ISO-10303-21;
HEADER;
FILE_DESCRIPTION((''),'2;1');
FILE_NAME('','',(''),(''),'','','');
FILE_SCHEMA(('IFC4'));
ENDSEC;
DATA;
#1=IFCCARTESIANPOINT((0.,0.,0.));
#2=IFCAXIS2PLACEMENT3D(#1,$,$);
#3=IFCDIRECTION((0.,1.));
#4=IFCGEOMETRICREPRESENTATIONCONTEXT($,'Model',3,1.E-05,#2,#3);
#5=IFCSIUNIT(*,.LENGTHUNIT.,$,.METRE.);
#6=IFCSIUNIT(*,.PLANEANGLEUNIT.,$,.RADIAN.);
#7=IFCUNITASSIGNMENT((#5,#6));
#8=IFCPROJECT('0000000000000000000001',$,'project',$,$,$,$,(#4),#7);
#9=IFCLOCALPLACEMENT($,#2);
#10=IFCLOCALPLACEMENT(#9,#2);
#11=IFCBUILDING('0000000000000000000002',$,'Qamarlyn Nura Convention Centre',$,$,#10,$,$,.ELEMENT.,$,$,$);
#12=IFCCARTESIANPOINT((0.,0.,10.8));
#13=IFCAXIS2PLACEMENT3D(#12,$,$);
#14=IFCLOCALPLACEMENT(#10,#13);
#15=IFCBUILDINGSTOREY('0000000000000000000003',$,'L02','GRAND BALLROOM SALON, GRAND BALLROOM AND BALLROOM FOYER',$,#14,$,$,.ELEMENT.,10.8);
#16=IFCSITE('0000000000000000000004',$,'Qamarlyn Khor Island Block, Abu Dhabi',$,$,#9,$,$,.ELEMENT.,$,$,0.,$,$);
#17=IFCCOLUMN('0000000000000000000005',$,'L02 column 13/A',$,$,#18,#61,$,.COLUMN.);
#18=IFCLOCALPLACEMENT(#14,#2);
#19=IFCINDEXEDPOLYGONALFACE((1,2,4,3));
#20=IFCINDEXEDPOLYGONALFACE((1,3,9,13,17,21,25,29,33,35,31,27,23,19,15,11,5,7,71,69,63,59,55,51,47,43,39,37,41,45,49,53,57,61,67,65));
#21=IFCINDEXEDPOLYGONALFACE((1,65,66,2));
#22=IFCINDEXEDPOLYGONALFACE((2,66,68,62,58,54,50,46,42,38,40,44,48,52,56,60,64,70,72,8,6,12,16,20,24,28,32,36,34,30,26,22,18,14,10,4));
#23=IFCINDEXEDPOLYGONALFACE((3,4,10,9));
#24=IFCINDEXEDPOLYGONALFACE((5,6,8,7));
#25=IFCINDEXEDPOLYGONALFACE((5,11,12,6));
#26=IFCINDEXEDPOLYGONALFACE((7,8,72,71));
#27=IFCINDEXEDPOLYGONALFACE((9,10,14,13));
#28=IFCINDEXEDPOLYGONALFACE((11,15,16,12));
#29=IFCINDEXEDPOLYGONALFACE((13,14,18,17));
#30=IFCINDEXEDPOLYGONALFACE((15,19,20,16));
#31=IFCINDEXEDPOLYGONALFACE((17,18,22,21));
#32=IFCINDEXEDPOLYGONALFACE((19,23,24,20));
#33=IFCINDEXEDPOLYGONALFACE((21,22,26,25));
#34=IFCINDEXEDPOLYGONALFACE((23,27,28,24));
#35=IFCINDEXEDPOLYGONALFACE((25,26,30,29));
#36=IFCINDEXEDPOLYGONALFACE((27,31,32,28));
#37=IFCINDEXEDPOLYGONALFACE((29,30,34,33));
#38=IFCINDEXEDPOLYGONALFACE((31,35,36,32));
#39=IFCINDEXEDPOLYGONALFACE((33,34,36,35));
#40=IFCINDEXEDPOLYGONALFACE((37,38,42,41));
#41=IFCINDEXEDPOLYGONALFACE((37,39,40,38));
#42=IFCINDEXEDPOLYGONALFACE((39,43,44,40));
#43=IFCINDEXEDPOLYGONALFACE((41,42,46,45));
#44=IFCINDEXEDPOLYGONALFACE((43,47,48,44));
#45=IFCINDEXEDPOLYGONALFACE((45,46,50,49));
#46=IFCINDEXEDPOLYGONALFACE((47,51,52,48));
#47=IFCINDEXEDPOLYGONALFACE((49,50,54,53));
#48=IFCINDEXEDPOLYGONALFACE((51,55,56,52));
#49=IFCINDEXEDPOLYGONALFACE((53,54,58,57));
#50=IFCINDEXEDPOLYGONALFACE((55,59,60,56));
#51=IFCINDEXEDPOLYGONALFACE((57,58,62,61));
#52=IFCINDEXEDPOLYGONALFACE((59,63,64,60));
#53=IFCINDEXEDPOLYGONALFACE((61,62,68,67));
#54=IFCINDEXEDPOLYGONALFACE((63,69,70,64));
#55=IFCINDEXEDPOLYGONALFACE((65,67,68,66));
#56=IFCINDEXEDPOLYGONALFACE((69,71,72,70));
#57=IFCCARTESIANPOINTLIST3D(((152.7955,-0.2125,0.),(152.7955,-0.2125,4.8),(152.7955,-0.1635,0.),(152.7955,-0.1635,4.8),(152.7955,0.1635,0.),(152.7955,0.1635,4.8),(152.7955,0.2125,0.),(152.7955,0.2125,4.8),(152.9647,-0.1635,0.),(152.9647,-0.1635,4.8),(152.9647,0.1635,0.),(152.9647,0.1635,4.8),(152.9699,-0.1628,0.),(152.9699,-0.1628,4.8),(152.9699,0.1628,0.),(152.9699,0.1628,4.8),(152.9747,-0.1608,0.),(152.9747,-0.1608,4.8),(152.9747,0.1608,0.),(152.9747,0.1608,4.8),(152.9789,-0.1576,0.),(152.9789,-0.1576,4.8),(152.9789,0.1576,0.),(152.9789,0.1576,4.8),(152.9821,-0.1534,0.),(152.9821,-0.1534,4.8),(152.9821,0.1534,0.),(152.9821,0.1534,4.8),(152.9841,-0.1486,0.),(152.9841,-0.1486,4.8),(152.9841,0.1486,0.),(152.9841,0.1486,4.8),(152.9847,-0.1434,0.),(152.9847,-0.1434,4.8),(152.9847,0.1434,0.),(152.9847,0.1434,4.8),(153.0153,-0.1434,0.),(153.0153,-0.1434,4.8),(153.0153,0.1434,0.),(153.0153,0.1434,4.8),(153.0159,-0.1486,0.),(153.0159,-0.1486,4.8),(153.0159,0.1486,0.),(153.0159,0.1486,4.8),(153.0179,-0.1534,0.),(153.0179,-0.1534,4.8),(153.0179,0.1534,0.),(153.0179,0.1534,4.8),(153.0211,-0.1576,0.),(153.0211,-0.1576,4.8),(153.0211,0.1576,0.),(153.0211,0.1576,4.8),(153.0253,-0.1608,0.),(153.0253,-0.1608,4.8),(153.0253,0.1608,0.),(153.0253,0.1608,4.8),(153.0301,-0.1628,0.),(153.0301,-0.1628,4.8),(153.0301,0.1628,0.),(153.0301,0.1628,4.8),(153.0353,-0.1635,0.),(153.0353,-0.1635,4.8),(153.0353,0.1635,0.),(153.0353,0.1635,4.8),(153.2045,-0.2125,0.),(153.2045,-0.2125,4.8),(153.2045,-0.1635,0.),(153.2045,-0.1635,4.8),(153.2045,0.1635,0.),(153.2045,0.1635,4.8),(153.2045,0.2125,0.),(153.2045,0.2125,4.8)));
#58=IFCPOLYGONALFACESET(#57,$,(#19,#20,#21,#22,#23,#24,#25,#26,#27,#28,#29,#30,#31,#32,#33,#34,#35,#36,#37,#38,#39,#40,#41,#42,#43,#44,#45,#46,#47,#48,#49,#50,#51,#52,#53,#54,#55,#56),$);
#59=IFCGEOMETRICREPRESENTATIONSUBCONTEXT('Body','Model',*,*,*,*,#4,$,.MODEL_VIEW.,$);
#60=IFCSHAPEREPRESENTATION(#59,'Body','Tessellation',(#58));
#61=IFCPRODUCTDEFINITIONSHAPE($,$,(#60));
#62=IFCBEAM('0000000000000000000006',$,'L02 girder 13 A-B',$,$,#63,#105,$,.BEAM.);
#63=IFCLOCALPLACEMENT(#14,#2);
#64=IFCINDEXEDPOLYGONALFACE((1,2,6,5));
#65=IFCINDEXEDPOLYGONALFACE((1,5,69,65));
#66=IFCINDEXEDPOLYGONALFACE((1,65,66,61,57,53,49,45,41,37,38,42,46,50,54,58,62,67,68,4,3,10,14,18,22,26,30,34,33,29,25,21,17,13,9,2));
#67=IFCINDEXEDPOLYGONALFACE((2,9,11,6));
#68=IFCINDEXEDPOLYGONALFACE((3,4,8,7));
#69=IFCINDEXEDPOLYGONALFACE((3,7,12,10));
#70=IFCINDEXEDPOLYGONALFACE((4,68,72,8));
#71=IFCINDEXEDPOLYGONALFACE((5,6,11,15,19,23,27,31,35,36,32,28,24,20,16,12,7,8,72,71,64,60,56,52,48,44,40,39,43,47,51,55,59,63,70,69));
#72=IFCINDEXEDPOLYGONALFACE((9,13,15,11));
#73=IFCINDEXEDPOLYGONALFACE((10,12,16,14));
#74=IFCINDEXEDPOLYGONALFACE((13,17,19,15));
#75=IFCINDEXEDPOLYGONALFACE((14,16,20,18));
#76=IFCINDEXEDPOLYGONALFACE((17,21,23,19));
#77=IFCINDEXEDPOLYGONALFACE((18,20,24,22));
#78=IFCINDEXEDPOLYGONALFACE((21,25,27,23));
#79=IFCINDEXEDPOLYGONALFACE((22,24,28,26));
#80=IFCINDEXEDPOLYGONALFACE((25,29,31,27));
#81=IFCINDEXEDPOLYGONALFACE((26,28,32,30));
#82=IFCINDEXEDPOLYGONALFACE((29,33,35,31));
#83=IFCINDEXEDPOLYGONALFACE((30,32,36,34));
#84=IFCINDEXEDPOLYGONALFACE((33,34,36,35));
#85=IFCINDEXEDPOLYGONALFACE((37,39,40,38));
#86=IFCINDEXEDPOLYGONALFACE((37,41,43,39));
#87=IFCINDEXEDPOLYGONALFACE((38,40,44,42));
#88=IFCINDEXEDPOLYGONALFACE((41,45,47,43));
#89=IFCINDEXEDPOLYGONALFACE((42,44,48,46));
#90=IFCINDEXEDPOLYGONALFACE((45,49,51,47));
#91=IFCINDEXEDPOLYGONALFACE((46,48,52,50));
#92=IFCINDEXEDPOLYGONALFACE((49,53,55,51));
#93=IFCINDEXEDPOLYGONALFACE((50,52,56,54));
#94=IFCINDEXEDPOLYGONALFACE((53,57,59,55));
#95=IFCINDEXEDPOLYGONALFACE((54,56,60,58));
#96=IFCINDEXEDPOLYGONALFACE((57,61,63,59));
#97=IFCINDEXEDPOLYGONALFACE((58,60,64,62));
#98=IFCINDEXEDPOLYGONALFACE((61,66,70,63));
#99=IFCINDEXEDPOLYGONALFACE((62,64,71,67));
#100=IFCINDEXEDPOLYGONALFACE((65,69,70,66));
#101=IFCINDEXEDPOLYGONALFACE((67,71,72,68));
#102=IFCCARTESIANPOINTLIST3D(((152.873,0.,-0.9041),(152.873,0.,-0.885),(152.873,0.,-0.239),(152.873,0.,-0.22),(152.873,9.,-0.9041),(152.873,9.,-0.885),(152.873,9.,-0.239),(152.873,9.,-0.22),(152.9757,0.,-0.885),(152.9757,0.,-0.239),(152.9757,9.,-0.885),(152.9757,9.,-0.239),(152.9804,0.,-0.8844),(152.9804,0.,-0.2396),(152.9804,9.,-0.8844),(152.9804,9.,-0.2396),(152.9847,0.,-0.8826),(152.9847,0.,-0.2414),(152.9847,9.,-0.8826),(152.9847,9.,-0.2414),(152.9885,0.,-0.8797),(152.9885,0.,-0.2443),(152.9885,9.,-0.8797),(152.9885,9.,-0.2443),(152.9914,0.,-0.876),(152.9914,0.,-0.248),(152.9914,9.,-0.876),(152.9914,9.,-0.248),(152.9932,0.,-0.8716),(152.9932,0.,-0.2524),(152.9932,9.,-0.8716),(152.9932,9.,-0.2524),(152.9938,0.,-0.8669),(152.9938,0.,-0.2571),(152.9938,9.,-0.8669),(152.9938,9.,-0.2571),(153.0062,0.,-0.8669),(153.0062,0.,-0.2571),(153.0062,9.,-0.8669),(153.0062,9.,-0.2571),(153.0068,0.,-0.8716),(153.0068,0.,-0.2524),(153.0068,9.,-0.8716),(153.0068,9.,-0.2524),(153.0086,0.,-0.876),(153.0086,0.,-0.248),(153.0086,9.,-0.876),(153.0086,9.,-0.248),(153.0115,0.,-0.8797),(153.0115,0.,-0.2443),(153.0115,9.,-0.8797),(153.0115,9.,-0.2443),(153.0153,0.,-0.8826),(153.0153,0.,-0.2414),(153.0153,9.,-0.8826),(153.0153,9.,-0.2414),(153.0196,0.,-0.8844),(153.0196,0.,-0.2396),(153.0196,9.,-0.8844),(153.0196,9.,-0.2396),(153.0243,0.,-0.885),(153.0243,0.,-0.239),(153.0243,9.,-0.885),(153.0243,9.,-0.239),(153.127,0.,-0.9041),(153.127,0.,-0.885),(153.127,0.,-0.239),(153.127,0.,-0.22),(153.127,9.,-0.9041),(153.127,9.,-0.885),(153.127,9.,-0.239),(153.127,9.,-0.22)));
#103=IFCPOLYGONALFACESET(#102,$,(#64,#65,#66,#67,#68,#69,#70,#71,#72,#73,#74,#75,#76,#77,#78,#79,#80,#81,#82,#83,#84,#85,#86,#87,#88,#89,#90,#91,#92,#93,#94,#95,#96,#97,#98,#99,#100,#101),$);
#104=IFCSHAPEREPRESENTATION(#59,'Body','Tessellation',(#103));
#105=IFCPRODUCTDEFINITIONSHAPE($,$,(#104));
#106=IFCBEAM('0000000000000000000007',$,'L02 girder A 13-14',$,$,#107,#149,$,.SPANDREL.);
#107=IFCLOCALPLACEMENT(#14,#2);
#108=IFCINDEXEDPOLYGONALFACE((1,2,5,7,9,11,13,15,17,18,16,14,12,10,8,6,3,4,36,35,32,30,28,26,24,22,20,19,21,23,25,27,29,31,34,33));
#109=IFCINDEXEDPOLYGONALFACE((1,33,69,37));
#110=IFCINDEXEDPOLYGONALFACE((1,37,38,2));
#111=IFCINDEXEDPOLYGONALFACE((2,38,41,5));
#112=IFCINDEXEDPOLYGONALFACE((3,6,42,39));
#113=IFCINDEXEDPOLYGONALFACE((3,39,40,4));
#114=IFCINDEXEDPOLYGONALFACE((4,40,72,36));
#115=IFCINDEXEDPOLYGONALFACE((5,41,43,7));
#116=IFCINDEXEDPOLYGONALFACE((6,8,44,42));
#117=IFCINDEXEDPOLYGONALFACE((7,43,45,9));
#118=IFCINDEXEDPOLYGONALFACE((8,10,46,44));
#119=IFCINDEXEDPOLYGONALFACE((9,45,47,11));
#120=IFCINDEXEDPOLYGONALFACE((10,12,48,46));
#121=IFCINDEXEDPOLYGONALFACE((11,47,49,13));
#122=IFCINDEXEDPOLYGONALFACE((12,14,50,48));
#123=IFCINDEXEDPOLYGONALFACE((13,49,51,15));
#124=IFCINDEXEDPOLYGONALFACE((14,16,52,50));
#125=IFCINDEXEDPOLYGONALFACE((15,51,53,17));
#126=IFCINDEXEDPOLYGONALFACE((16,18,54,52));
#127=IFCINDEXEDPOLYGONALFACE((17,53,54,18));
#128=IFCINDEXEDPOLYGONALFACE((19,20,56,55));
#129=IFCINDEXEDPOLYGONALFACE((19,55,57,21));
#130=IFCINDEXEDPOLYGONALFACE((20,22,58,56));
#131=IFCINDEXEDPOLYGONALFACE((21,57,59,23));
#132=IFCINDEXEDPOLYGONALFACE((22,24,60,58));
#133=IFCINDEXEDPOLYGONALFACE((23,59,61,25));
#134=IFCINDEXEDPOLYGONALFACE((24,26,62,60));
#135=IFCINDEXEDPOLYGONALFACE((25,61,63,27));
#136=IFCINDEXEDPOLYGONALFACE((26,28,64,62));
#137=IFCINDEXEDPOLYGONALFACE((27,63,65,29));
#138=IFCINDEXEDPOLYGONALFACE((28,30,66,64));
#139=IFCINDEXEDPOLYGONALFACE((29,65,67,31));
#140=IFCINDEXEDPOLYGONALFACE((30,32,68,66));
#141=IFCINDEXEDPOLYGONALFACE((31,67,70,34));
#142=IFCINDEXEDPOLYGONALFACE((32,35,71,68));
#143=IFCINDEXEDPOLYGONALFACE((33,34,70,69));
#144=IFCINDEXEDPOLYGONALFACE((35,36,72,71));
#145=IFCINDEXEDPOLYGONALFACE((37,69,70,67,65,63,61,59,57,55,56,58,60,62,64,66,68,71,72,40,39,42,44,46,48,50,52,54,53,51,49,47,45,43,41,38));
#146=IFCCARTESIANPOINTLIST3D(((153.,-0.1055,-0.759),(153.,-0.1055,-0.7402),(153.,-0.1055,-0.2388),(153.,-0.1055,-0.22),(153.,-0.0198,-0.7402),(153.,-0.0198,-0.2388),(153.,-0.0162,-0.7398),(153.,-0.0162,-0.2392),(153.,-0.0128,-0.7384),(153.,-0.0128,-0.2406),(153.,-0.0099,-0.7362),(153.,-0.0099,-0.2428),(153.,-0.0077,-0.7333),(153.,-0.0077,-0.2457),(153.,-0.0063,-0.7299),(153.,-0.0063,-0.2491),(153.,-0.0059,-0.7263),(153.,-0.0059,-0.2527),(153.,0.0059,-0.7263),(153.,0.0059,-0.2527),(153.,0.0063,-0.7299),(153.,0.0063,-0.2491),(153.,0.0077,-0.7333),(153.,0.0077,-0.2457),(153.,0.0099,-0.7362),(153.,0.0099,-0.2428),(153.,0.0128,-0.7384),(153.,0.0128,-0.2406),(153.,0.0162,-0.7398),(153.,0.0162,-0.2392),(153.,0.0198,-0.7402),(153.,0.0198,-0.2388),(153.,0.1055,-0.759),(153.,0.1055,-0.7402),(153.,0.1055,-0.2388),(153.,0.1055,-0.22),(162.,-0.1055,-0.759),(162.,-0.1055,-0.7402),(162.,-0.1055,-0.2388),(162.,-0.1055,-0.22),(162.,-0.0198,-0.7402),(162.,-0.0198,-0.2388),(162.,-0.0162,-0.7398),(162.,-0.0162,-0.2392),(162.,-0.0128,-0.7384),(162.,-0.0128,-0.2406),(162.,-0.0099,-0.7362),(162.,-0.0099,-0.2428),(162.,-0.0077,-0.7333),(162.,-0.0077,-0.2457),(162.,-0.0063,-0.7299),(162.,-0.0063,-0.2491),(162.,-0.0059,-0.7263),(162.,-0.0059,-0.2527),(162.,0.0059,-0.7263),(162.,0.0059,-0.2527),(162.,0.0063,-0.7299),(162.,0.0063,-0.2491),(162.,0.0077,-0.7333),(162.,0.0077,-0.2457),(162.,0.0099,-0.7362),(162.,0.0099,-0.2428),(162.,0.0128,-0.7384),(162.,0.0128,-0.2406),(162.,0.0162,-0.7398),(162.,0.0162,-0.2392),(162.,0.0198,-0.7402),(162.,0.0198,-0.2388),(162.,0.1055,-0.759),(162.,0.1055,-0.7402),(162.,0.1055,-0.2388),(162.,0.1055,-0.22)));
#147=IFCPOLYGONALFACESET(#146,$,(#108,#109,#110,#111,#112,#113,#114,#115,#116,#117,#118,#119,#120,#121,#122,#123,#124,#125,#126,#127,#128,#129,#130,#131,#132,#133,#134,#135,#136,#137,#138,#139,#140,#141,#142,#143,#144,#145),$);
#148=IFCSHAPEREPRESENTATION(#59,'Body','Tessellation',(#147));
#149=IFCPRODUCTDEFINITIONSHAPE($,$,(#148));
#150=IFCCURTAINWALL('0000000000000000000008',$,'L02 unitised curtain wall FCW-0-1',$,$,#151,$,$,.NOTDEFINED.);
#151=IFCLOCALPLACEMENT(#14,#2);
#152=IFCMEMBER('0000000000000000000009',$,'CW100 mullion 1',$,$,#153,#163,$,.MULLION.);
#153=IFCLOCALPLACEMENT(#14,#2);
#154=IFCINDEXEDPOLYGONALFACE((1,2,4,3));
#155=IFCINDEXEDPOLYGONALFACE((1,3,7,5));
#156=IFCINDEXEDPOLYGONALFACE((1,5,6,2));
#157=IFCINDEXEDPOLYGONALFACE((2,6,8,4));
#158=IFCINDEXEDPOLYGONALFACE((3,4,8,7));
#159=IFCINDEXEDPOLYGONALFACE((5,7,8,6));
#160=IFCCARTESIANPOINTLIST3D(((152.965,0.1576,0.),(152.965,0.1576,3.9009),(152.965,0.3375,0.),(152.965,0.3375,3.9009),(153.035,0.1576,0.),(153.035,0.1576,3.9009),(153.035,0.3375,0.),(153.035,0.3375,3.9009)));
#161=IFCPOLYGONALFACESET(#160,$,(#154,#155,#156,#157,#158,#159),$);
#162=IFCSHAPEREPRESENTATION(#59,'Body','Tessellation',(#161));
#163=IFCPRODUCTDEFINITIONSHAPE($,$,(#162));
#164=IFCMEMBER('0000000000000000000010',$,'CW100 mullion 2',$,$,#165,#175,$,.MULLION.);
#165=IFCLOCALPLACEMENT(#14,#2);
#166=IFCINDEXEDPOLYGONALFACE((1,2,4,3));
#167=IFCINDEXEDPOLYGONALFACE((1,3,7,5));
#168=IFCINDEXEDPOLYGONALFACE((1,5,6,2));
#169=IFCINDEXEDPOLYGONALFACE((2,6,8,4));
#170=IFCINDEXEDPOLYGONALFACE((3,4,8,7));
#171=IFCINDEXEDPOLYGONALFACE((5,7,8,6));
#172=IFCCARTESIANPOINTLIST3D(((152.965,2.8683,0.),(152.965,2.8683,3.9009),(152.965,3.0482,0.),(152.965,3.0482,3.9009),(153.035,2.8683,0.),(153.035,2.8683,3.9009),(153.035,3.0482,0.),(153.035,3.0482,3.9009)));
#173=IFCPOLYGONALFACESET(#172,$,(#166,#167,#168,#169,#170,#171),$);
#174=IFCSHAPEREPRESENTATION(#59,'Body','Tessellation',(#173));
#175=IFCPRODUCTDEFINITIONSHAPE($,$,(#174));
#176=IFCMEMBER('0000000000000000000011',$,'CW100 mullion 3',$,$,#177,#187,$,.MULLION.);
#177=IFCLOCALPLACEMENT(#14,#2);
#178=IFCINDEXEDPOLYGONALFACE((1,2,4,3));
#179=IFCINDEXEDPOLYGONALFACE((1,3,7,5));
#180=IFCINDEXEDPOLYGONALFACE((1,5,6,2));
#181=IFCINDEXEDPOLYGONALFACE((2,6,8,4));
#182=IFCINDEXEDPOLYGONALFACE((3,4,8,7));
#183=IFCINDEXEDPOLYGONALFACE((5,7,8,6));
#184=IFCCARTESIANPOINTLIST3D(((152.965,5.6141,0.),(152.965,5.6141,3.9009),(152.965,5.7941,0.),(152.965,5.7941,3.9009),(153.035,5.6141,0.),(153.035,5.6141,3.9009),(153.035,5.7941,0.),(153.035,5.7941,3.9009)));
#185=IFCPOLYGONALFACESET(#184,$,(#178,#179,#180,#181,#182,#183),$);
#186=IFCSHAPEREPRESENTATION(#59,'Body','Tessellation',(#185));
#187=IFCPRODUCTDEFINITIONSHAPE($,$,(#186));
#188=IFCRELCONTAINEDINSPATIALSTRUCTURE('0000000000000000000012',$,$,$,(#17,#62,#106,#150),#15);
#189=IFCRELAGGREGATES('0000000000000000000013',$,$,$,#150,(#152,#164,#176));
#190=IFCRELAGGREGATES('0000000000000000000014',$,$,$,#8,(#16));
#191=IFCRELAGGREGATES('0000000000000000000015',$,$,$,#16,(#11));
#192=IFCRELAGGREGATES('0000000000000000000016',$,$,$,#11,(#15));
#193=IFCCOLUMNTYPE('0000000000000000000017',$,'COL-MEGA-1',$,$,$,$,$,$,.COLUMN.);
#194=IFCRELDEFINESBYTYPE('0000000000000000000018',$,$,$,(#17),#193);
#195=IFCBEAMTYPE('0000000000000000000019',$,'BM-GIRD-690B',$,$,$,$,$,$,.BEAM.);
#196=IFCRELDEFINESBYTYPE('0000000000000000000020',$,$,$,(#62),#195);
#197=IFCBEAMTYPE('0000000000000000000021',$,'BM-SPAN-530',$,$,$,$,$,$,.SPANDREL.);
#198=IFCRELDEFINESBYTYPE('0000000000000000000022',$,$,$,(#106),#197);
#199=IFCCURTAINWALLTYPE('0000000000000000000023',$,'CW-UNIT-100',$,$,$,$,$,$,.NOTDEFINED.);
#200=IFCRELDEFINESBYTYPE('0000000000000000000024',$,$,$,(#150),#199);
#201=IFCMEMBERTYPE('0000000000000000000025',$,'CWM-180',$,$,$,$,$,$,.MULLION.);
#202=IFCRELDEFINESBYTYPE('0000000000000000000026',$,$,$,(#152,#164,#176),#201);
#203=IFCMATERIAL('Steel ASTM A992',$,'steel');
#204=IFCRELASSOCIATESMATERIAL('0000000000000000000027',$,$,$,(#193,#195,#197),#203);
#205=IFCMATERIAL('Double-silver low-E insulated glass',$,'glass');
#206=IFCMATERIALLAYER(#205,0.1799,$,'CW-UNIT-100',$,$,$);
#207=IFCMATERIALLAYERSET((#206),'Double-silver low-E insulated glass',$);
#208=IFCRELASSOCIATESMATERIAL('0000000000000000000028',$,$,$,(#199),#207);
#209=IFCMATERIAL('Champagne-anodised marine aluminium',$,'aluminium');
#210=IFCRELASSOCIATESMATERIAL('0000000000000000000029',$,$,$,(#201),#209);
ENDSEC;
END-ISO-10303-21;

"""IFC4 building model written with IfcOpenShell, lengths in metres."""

from ifc_helpers import new_model, si_unit, direction, frame, origin, origin_2d, place, context, subcontext, project, spatial, rectangle, i_section, extrude, material, layer, layer_set, material_profile, profile_set, type_object, element, aggregate, save


model = new_model("IFC4")

# Units and contexts
model_context = context("Model", 3, precision=1e-05, world=origin(), true_north=direction((0.0, 1.0)))
body_context = subcontext(model_context, "Body", "Model", "MODEL_VIEW")
ifc_project = project(units=[si_unit("LENGTHUNIT", "METRE"), si_unit("PLANEANGLEUNIT", "RADIAN")], contexts=[model_context])

# Site, building, storey
site_placement = place(None, origin())
site = spatial("IfcSite", under=ifc_project, at=site_placement, Name="Qamarlyn Khor Island Block, Abu Dhabi", CompositionType="ELEMENT", RefElevation=0.0)
building_placement = place(site_placement, origin())
building = spatial("IfcBuilding", under=site, at=building_placement, Name="Qamarlyn Nura Convention Centre", CompositionType="ELEMENT")
storey_placement = place(building_placement, frame((0.0, 0.0, 10.8)))
storey = spatial("IfcBuildingStorey", under=building, at=storey_placement, Name="L02", Description="GRAND BALLROOM SALON, GRAND BALLROOM AND BALLROOM FOYER", CompositionType="ELEMENT", Elevation=10.8)

# Column
ifc_material_1 = material(Name="Steel ASTM A992", Category="steel")
ifc_material_profile_1 = material_profile(ifc_material_1, i_section(OverallWidth=0.4089, OverallDepth=0.425, WebThickness=0.0305, FlangeThickness=0.0491, FilletRadius=0.02, at=origin_2d()), Name="W360X421")
ifc_profile_set_1 = profile_set([ifc_material_profile_1], Name="Steel ASTM A992")
column_type = type_object("IfcColumnType", Name="COL-MEGA-1", PredefinedType="COLUMN", material=ifc_profile_set_1)
column_placement = place(storey_placement, frame((153.0, 0.0, 0.0), z_axis=(0.0, 0.0, 1.0), x_axis=(1.0, 0.0, 0.0)))
element("IfcColumn", 1, at=column_placement, inside=storey, type_object=column_type, Name="L02 column 13/A", PredefinedType="COLUMN", context=body_context, shape_type="SweptSolid", body=[
    extrude(i_section(OverallWidth=0.4089, OverallDepth=0.425, WebThickness=0.0305, FlangeThickness=0.0491, FilletRadius=0.02, at=origin_2d()), origin(), (0.0, 0.0, 1.0), 4.8),
])

# Beams
ifc_material_profile_2 = material_profile(ifc_material_1, i_section(OverallWidth=0.2539, OverallDepth=0.6841, WebThickness=0.0125, FlangeThickness=0.019, FilletRadius=0.0181, at=origin_2d()), Name="W690X140")
ifc_profile_set_2 = profile_set([ifc_material_profile_2], Name="Steel ASTM A992")
beam_type_1 = type_object("IfcBeamType", Name="BM-GIRD-690B", PredefinedType="BEAM", material=ifc_profile_set_2)
beam_1_placement = place(storey_placement, frame((153.0, 0.0, -0.562), z_axis=(0.0, 1.0, 0.0), x_axis=(-1.0, 0.0, 0.0)))
element("IfcBeam", 2, at=beam_1_placement, inside=storey, type_object=beam_type_1, Name="L02 girder 13 A-B", PredefinedType="BEAM", context=body_context, shape_type="SweptSolid", body=[
    extrude(i_section(OverallWidth=0.2539, OverallDepth=0.6841, WebThickness=0.0125, FlangeThickness=0.019, FilletRadius=0.0181, at=origin_2d()), origin(), (0.0, 0.0, 1.0), 9.0),
])
ifc_material_profile_3 = material_profile(ifc_material_1, i_section(OverallWidth=0.2109, OverallDepth=0.5391, WebThickness=0.0117, FlangeThickness=0.0188, FilletRadius=0.0139, at=origin_2d()), Name="W530X109")
ifc_profile_set_3 = profile_set([ifc_material_profile_3], Name="Steel ASTM A992")
beam_type_2 = type_object("IfcBeamType", Name="BM-SPAN-530", PredefinedType="SPANDREL", material=ifc_profile_set_3)
beam_2_placement = place(storey_placement, frame((153.0, 0.0, -0.4895), z_axis=(1.0, 0.0, 0.0), x_axis=(0.0, 1.0, 0.0)))
element("IfcBeam", 3, at=beam_2_placement, inside=storey, type_object=beam_type_2, Name="L02 girder A 13-14", PredefinedType="SPANDREL", context=body_context, shape_type="SweptSolid", body=[
    extrude(i_section(OverallWidth=0.2109, OverallDepth=0.5391, WebThickness=0.0117, FlangeThickness=0.0188, FilletRadius=0.0139, at=origin_2d()), origin(), (0.0, 0.0, 1.0), 9.0),
])

# Curtain wall, members
ifc_material_2 = material(Name="Double-silver low-E insulated glass", Category="glass")
ifc_layer_1 = layer(ifc_material_2, 0.1799, Name="CW-UNIT-100")
ifc_layer_set_1 = layer_set([ifc_layer_1], Name="Double-silver low-E insulated glass")
curtain_wall_type = type_object("IfcCurtainWallType", Name="CW-UNIT-100", PredefinedType="NOTDEFINED", material=ifc_layer_set_1)
curtain_wall_placement = place(storey_placement, origin())
curtain_wall = element("IfcCurtainWall", 4, at=curtain_wall_placement, inside=storey, type_object=curtain_wall_type, Name="L02 unitised curtain wall FCW-0-1", PredefinedType="NOTDEFINED")
ifc_material_3 = material(Name="Champagne-anodised marine aluminium", Category="aluminium")
ifc_material_profile_4 = material_profile(ifc_material_3, rectangle(XDim=0.0701, YDim=0.1799, at=origin_2d()), Name="ALU MULLION 70x180")
ifc_profile_set_4 = profile_set([ifc_material_profile_4], Name="Champagne-anodised marine aluminium")
member_type_1 = type_object("IfcMemberType", Name="CWM-180", PredefinedType="MULLION", material=ifc_profile_set_4)
member_1_placement = place(storey_placement, frame((153.0, 0.2476, 0.0), z_axis=(0.0, 0.0, 1.0), x_axis=(-1.0, 0.0, 0.0)))
member_1 = element("IfcMember", 5, at=member_1_placement, type_object=member_type_1, Name="CW100 mullion 1", PredefinedType="MULLION", context=body_context, shape_type="SweptSolid", body=[
    extrude(rectangle(XDim=0.0701, YDim=0.1799, at=origin_2d()), origin(), (0.0, 0.0, 1.0), 3.9009),
])
member_2_placement = place(storey_placement, frame((153.0, 2.9583, 0.0), z_axis=(0.0, 0.0, 1.0), x_axis=(-1.0, 0.0, 0.0)))
member_2 = element("IfcMember", 6, at=member_2_placement, type_object=member_type_1, Name="CW100 mullion 2", PredefinedType="MULLION", context=body_context, shape_type="SweptSolid", body=[
    extrude(rectangle(XDim=0.0701, YDim=0.1799, at=origin_2d()), origin(), (0.0, 0.0, 1.0), 3.9009),
])
member_3_placement = place(storey_placement, frame((153.0, 5.7041, 0.0), z_axis=(0.0, 0.0, 1.0), x_axis=(-1.0, 0.0, 0.0)))
member_3 = element("IfcMember", 7, at=member_3_placement, type_object=member_type_1, Name="CW100 mullion 3", PredefinedType="MULLION", context=body_context, shape_type="SweptSolid", body=[
    extrude(rectangle(XDim=0.0701, YDim=0.1799, at=origin_2d()), origin(), (0.0, 0.0, 1.0), 3.9009),
])
aggregate(curtain_wall, [member_1, member_2, member_3])

save(model, "model.ifc")
